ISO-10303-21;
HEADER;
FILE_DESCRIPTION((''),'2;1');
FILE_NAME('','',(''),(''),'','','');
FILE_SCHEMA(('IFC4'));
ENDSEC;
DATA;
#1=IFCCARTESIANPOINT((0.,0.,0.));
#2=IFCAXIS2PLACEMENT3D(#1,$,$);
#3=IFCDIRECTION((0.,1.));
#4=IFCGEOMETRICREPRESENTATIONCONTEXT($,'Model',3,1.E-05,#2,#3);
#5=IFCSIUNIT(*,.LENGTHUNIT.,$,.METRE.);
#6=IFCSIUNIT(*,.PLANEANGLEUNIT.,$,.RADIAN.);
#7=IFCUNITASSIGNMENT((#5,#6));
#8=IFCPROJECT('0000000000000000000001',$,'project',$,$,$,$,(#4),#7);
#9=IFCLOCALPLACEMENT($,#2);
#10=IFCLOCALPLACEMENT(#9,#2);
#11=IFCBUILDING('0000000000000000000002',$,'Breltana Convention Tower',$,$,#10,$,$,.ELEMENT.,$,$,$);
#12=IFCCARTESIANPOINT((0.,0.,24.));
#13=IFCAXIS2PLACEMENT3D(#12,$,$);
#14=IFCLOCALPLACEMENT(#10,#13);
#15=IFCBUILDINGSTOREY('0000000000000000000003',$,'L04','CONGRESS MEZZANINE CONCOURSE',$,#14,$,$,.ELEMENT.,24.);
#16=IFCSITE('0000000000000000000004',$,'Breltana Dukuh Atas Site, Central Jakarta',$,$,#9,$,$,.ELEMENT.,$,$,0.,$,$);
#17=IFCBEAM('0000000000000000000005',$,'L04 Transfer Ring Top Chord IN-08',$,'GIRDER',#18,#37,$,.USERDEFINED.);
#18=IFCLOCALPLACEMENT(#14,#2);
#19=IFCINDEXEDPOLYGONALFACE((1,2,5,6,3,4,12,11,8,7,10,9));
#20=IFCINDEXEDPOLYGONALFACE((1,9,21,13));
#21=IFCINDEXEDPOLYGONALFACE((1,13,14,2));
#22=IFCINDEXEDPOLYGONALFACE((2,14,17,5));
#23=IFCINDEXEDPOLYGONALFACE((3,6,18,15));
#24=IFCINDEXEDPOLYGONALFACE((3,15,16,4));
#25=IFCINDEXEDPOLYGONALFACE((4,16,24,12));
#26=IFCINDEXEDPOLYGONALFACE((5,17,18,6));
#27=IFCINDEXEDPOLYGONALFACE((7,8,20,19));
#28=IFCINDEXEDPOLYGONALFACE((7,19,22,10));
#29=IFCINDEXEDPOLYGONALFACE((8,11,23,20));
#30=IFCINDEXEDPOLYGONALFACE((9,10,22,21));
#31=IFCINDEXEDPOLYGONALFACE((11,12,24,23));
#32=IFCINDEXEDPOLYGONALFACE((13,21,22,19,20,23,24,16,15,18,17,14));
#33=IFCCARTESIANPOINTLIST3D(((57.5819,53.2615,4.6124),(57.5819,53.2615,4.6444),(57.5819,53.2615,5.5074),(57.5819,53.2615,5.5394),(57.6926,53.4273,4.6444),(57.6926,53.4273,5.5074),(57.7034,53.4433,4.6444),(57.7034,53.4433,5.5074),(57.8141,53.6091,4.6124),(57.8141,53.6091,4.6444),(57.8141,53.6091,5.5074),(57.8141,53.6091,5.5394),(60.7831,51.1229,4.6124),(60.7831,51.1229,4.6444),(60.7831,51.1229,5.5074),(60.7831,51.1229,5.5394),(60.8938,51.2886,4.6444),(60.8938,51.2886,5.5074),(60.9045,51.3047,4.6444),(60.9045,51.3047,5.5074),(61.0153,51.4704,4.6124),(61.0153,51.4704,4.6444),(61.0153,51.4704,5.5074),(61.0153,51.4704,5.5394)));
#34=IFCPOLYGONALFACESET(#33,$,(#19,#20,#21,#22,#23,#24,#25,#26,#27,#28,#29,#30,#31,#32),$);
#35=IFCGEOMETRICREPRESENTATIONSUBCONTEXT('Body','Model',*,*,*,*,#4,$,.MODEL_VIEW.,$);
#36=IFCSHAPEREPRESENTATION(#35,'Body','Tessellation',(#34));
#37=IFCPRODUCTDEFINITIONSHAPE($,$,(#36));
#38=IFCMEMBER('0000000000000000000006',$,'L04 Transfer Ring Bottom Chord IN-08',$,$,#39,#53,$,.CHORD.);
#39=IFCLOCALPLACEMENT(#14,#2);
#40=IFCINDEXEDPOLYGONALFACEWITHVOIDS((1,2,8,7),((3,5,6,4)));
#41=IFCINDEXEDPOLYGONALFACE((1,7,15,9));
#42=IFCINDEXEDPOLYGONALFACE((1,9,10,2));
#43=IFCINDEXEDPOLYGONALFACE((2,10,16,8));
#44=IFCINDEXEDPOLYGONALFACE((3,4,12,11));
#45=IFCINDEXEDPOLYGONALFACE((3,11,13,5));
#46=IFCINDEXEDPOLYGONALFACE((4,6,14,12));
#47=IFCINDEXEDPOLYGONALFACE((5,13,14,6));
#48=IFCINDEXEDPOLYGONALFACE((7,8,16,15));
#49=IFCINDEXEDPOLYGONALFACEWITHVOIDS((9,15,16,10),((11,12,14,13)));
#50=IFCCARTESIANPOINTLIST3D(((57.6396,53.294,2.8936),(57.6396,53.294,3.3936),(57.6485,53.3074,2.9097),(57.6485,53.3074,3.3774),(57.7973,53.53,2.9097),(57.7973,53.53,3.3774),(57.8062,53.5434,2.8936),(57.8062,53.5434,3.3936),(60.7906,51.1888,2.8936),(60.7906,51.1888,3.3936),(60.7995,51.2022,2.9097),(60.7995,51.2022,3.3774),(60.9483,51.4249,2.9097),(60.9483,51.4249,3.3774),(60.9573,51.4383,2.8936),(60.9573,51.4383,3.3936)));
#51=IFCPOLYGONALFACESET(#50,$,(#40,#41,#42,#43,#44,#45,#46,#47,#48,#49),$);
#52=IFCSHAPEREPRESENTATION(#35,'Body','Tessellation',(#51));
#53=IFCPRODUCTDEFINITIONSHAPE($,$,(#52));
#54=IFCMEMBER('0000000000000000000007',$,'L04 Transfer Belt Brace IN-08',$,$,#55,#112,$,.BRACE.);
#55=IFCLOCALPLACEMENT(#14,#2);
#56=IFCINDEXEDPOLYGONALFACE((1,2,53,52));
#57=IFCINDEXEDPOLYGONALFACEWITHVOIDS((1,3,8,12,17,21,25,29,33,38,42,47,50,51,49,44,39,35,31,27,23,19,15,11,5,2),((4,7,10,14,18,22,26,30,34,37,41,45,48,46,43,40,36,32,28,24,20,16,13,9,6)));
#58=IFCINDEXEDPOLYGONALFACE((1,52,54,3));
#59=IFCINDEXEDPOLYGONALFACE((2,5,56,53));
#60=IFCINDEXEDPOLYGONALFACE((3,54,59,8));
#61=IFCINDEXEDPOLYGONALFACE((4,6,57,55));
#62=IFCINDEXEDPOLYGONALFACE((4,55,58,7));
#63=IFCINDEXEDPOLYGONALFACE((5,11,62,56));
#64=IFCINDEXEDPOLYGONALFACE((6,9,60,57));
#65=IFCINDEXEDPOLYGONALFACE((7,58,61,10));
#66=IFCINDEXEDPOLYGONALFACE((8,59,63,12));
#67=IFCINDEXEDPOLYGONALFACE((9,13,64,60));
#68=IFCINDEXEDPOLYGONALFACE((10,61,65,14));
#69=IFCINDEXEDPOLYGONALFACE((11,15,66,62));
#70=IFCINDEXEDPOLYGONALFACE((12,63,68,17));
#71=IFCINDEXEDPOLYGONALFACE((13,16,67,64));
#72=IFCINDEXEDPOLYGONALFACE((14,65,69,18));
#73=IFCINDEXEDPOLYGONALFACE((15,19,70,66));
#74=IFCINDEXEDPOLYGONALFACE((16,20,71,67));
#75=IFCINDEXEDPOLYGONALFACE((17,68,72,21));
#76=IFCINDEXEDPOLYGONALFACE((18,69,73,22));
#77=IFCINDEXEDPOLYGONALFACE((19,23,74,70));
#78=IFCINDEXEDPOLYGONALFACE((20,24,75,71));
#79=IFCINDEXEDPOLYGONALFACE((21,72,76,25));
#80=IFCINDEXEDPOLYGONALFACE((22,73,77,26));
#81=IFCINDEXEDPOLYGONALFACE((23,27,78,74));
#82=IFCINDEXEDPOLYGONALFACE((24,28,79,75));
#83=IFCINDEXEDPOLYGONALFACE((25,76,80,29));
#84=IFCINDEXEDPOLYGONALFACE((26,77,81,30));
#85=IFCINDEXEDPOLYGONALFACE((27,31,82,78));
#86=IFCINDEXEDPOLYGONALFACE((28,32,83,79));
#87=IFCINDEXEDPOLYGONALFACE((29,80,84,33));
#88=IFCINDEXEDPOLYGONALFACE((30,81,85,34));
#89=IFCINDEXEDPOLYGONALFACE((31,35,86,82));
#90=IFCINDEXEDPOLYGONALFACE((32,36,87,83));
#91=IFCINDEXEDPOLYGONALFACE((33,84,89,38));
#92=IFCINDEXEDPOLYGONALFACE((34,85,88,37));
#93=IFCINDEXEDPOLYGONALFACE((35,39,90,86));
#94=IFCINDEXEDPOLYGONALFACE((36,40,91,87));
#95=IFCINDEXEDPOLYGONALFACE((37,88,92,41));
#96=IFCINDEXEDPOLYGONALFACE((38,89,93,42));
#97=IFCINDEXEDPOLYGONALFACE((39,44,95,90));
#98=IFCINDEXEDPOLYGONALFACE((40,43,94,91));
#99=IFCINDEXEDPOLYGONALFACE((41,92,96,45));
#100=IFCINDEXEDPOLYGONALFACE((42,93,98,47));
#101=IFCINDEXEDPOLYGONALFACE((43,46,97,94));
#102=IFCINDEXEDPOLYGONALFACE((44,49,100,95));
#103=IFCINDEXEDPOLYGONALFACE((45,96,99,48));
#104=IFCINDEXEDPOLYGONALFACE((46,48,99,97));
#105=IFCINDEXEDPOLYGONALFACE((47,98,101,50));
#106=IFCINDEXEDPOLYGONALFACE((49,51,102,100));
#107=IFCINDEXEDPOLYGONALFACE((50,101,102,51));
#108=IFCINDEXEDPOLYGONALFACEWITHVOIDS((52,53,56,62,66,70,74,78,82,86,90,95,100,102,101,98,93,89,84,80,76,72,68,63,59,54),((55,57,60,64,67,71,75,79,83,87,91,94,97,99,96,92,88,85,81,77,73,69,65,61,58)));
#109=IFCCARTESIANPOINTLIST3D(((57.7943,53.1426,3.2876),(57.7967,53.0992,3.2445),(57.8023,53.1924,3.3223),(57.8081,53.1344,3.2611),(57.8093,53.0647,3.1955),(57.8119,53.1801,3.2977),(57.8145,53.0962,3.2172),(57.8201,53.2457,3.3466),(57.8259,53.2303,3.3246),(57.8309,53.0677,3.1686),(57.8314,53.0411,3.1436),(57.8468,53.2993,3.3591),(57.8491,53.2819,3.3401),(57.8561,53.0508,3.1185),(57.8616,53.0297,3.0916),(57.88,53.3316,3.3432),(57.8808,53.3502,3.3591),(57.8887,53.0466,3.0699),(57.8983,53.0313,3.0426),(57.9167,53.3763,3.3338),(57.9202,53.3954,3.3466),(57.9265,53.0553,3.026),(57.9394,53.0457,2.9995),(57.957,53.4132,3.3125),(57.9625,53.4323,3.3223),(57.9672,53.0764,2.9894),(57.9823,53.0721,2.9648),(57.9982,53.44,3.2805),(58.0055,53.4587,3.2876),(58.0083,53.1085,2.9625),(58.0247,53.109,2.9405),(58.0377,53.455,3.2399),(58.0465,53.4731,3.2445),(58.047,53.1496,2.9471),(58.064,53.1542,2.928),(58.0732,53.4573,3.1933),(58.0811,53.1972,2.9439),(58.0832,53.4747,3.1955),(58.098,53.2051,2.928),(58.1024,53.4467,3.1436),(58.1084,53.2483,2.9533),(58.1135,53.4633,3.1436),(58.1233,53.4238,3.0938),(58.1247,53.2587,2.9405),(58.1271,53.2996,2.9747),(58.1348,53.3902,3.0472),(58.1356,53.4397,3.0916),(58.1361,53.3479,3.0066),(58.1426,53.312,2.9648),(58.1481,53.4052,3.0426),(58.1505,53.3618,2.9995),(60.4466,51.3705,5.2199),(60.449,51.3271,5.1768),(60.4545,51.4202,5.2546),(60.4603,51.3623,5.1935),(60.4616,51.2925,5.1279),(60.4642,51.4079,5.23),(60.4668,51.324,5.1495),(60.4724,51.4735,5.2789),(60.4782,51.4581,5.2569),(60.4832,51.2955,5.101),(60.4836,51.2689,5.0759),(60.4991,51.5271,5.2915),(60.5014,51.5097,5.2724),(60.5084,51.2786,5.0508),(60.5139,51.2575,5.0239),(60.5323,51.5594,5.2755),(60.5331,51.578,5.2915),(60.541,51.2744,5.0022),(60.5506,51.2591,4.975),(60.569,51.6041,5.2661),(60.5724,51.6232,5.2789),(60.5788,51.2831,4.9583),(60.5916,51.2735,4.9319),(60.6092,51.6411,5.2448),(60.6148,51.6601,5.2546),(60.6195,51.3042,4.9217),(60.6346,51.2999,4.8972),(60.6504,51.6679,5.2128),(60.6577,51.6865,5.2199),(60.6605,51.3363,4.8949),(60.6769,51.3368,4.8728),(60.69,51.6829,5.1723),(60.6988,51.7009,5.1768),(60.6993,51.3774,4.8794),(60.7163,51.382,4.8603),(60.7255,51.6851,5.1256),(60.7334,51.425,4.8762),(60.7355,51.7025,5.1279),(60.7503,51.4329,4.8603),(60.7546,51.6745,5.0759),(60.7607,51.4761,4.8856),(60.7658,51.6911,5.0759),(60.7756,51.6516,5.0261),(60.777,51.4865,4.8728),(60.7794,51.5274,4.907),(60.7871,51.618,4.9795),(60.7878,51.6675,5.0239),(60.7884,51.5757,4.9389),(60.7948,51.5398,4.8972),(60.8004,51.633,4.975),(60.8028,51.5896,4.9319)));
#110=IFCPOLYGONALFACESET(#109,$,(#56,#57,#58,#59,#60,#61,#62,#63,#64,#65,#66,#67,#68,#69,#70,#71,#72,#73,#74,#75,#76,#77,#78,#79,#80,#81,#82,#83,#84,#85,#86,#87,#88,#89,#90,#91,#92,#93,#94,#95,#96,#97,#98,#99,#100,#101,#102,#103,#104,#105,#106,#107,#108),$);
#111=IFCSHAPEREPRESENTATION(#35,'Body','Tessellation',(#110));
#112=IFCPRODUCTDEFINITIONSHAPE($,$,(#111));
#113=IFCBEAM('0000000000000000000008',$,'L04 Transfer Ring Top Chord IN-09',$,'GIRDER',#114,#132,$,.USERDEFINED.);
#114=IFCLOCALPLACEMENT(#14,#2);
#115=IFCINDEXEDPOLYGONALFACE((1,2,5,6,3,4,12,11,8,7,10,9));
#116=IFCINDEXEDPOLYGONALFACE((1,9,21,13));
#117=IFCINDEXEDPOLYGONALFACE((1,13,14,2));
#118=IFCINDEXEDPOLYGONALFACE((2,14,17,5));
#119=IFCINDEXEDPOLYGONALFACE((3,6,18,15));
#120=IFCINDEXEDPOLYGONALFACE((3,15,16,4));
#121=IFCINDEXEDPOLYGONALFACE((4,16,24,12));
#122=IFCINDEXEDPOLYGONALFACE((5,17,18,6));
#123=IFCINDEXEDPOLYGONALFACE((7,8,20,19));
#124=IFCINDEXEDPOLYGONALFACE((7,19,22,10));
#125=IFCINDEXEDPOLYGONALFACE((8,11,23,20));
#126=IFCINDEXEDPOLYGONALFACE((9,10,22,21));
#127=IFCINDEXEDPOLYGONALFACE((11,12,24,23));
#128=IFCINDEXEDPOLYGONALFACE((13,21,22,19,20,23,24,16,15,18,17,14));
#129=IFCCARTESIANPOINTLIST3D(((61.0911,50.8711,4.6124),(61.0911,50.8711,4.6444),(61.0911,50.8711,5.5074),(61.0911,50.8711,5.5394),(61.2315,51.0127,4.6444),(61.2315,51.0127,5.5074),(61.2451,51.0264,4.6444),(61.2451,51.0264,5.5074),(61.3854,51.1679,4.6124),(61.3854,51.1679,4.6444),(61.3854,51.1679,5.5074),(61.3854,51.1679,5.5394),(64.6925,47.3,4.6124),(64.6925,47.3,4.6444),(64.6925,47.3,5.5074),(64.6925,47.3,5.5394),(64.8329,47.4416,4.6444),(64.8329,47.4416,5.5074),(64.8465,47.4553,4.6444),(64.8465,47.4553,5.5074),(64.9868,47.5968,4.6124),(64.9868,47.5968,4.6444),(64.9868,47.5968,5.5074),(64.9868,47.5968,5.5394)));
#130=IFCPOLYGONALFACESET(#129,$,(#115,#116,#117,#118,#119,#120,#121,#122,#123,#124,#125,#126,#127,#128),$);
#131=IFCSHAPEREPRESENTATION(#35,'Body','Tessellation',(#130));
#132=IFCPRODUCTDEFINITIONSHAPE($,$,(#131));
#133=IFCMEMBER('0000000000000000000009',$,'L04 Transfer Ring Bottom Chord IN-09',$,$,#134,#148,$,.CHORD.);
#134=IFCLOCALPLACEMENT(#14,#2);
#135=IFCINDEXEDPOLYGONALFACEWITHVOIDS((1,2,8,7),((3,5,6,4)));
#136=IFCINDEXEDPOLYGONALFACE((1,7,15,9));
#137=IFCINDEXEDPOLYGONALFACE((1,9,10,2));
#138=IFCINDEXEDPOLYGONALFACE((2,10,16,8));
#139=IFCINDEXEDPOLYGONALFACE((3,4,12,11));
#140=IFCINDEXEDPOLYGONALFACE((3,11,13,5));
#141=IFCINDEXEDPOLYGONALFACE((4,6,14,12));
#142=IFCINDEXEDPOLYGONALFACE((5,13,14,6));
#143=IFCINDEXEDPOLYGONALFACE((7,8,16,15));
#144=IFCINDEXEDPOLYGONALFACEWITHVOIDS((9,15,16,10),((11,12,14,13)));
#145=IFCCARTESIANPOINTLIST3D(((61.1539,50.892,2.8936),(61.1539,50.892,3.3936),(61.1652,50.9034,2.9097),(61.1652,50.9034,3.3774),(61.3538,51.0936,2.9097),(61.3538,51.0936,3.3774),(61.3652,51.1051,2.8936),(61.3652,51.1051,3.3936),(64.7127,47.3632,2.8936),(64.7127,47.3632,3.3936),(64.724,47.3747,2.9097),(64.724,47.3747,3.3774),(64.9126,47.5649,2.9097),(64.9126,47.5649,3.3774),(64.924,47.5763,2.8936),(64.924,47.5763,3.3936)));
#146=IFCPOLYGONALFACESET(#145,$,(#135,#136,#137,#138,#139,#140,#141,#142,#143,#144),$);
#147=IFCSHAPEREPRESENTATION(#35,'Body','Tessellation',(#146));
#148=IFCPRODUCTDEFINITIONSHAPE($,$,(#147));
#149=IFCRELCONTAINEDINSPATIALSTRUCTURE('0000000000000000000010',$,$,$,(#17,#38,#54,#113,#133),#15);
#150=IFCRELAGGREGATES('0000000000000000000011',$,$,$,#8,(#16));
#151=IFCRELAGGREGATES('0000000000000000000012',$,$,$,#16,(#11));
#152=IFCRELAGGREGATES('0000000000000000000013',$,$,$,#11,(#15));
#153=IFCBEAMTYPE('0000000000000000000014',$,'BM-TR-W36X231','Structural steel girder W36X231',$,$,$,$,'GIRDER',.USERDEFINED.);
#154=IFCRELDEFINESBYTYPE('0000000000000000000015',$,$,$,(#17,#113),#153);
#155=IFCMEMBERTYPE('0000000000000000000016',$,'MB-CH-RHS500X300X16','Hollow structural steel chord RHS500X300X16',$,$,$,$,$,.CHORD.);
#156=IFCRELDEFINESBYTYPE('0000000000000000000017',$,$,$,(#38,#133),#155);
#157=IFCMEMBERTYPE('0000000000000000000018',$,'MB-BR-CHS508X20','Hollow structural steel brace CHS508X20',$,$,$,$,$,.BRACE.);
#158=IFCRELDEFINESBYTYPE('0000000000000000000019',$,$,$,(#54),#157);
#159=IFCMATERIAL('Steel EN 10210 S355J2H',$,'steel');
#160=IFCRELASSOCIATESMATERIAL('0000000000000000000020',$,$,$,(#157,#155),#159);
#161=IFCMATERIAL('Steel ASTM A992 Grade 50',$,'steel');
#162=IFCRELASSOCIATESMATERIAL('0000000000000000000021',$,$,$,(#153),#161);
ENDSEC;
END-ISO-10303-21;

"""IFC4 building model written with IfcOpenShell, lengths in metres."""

from ifc_helpers import new_model, si_unit, direction, frame, origin, origin_2d, place, context, subcontext, project, spatial, hollow_rectangle, hollow_circle, i_section, extrude, source, transform, mapped, material, material_profile, profile_set, type_object, element, save


model = new_model("IFC4")

# Units and contexts
model_context = context("Model", 3, precision=1e-05, world=origin(), true_north=direction((0.0, 1.0)))
body_context = subcontext(model_context, "Body", "Model", "MODEL_VIEW")
ifc_project = project(units=[si_unit("LENGTHUNIT", "METRE"), si_unit("PLANEANGLEUNIT", "RADIAN")], contexts=[model_context])

# Site, building, storey
site_placement = place(None, origin())
site = spatial("IfcSite", under=ifc_project, at=site_placement, Name="Breltana Dukuh Atas Site, Central Jakarta", CompositionType="ELEMENT", RefElevation=0.0)
building_placement = place(site_placement, origin())
building = spatial("IfcBuilding", under=site, at=building_placement, Name="Breltana Convention Tower", CompositionType="ELEMENT")
storey_placement = place(building_placement, frame((0.0, 0.0, 24.0)))
storey = spatial("IfcBuildingStorey", under=building, at=storey_placement, Name="L04", Description="CONGRESS MEZZANINE CONCOURSE", CompositionType="ELEMENT", Elevation=24.0)

# Shared definitions
ifc_material_1 = material(Name="Steel ASTM A992 Grade 50", Category="steel")
ifc_material_2 = material(Name="Steel EN 10210 S355J2H", Category="steel")
ifc_material_profile_1 = material_profile(ifc_material_2, hollow_circle(Radius=0.2539, WallThickness=0.02, at=origin_2d()), Name="CHS508X20")
ifc_profile_set_1 = profile_set([ifc_material_profile_1], Name="Steel EN 10210 S355J2H")
member_type_1 = type_object("IfcMemberType", Name="MB-BR-CHS508X20", Description="Hollow structural steel brace CHS508X20", PredefinedType="BRACE", material=ifc_profile_set_1)

# Shared definitions
ifc_material_profile_2 = material_profile(ifc_material_1, i_section(OverallWidth=0.418, OverallDepth=0.927, WebThickness=0.0193, FlangeThickness=0.032, at=origin_2d()), Name="W36X231")
ifc_profile_set_2 = profile_set([ifc_material_profile_2], Name="Steel ASTM A992 Grade 50")
beam_type_1 = type_object("IfcBeamType", Name="BM-TR-W36X231", Description="Structural steel girder W36X231", ElementType="GIRDER", PredefinedType="USERDEFINED", material=ifc_profile_set_2)

# Beam
shared_shape_1 = source(origin(), body_context, "Body", "SweptSolid", [
    extrude(i_section(OverallWidth=0.418, OverallDepth=0.927, WebThickness=0.0193, FlangeThickness=0.032, at=origin_2d()), origin(), (0.0, 0.0, 1.0), 3.8499),
])
beam_1_placement = place(storey_placement, frame((57.698, 53.4353, 5.0759), z_axis=(0.831504, -0.555519, 0.0), x_axis=(0.555519, 0.831504, 0.0)))
element("IfcBeam", 1, at=beam_1_placement, inside=storey, type_object=beam_type_1, Name="L04 Transfer Ring Top Chord IN-08", ObjectType="GIRDER", PredefinedType="USERDEFINED", context=body_context, shape_type="MappedRepresentation", body=[
    mapped(shared_shape_1, transform((0.0, 0.0, 0.0), scale=1.0)),
])

# Members
ifc_material_profile_3 = material_profile(ifc_material_2, hollow_rectangle(XDim=0.3, YDim=0.5, WallThickness=0.0161, at=origin_2d()), Name="RHS500X300X16")
ifc_profile_set_3 = profile_set([ifc_material_profile_3], Name="Steel EN 10210 S355J2H")
member_type_2 = type_object("IfcMemberType", Name="MB-CH-RHS500X300X16", Description="Hollow structural steel chord RHS500X300X16", PredefinedType="CHORD", material=ifc_profile_set_3)
shared_shape_2 = source(origin(), body_context, "Body", "SweptSolid", [
    extrude(hollow_rectangle(XDim=0.3, YDim=0.5, WallThickness=0.0161, at=origin_2d()), origin(), (0.0, 0.0, 1.0), 3.7896),
])
member_1_placement = place(storey_placement, frame((57.7229, 53.4187, 3.1436), z_axis=(0.831505, -0.555518, 0.0), x_axis=(0.555518, 0.831505, 0.0)))
element("IfcMember", 2, at=member_1_placement, inside=storey, type_object=member_type_2, Name="L04 Transfer Ring Bottom Chord IN-08", PredefinedType="CHORD", context=body_context, shape_type="MappedRepresentation", body=[
    mapped(shared_shape_2, transform((0.0, 0.0, 0.0), scale=1.0)),
])
shared_shape_3 = source(origin(), body_context, "Body", "SweptSolid", [
    extrude(hollow_circle(Radius=0.2539, WallThickness=0.02, at=origin_2d()), origin(), (0.0, 0.0, 1.0), 3.7295),
])
member_2_placement = place(storey_placement, frame((57.9724, 53.2522, 3.1436), z_axis=(0.711165, -0.475179, 0.518121), x_axis=(0.555565, 0.831473, 0.0)))
element("IfcMember", 3, at=member_2_placement, inside=storey, type_object=member_type_1, Name="L04 Transfer Belt Brace IN-08", PredefinedType="BRACE", context=body_context, shape_type="MappedRepresentation", body=[
    mapped(shared_shape_3, transform((0.0, 0.0, 0.0), scale=1.0)),
])

# Beam
shared_shape_4 = source(origin(), body_context, "Body", "SweptSolid", [
    extrude(i_section(OverallWidth=0.418, OverallDepth=0.927, WebThickness=0.0193, FlangeThickness=0.032, at=origin_2d()), origin(), (0.0, 0.0, 1.0), 5.0718),
])
beam_2_placement = place(storey_placement, frame((61.2383, 51.0195, 5.0759), z_axis=(0.710085, -0.704116, 0.0), x_axis=(0.704116, 0.710085, 0.0)))
element("IfcBeam", 4, at=beam_2_placement, inside=storey, type_object=beam_type_1, Name="L04 Transfer Ring Top Chord IN-09", ObjectType="GIRDER", PredefinedType="USERDEFINED", context=body_context, shape_type="MappedRepresentation", body=[
    mapped(shared_shape_4, transform((0.0, 0.0, 0.0), scale=1.0)),
])

# Member
shared_shape_5 = source(origin(), body_context, "Body", "SweptSolid", [
    extrude(hollow_rectangle(XDim=0.3, YDim=0.5, WallThickness=0.0161, at=origin_2d()), origin(), (0.0, 0.0, 1.0), 5.0117),
])
member_3_placement = place(storey_placement, frame((61.2595, 50.9985, 3.1436), z_axis=(0.710096, -0.704105, 0.0), x_axis=(0.704105, 0.710096, 0.0)))
element("IfcMember", 5, at=member_3_placement, inside=storey, type_object=member_type_2, Name="L04 Transfer Ring Bottom Chord IN-09", PredefinedType="CHORD", context=body_context, shape_type="MappedRepresentation", body=[
    mapped(shared_shape_5, transform((0.0, 0.0, 0.0), scale=1.0)),
])

save(model, "model.ifc")
